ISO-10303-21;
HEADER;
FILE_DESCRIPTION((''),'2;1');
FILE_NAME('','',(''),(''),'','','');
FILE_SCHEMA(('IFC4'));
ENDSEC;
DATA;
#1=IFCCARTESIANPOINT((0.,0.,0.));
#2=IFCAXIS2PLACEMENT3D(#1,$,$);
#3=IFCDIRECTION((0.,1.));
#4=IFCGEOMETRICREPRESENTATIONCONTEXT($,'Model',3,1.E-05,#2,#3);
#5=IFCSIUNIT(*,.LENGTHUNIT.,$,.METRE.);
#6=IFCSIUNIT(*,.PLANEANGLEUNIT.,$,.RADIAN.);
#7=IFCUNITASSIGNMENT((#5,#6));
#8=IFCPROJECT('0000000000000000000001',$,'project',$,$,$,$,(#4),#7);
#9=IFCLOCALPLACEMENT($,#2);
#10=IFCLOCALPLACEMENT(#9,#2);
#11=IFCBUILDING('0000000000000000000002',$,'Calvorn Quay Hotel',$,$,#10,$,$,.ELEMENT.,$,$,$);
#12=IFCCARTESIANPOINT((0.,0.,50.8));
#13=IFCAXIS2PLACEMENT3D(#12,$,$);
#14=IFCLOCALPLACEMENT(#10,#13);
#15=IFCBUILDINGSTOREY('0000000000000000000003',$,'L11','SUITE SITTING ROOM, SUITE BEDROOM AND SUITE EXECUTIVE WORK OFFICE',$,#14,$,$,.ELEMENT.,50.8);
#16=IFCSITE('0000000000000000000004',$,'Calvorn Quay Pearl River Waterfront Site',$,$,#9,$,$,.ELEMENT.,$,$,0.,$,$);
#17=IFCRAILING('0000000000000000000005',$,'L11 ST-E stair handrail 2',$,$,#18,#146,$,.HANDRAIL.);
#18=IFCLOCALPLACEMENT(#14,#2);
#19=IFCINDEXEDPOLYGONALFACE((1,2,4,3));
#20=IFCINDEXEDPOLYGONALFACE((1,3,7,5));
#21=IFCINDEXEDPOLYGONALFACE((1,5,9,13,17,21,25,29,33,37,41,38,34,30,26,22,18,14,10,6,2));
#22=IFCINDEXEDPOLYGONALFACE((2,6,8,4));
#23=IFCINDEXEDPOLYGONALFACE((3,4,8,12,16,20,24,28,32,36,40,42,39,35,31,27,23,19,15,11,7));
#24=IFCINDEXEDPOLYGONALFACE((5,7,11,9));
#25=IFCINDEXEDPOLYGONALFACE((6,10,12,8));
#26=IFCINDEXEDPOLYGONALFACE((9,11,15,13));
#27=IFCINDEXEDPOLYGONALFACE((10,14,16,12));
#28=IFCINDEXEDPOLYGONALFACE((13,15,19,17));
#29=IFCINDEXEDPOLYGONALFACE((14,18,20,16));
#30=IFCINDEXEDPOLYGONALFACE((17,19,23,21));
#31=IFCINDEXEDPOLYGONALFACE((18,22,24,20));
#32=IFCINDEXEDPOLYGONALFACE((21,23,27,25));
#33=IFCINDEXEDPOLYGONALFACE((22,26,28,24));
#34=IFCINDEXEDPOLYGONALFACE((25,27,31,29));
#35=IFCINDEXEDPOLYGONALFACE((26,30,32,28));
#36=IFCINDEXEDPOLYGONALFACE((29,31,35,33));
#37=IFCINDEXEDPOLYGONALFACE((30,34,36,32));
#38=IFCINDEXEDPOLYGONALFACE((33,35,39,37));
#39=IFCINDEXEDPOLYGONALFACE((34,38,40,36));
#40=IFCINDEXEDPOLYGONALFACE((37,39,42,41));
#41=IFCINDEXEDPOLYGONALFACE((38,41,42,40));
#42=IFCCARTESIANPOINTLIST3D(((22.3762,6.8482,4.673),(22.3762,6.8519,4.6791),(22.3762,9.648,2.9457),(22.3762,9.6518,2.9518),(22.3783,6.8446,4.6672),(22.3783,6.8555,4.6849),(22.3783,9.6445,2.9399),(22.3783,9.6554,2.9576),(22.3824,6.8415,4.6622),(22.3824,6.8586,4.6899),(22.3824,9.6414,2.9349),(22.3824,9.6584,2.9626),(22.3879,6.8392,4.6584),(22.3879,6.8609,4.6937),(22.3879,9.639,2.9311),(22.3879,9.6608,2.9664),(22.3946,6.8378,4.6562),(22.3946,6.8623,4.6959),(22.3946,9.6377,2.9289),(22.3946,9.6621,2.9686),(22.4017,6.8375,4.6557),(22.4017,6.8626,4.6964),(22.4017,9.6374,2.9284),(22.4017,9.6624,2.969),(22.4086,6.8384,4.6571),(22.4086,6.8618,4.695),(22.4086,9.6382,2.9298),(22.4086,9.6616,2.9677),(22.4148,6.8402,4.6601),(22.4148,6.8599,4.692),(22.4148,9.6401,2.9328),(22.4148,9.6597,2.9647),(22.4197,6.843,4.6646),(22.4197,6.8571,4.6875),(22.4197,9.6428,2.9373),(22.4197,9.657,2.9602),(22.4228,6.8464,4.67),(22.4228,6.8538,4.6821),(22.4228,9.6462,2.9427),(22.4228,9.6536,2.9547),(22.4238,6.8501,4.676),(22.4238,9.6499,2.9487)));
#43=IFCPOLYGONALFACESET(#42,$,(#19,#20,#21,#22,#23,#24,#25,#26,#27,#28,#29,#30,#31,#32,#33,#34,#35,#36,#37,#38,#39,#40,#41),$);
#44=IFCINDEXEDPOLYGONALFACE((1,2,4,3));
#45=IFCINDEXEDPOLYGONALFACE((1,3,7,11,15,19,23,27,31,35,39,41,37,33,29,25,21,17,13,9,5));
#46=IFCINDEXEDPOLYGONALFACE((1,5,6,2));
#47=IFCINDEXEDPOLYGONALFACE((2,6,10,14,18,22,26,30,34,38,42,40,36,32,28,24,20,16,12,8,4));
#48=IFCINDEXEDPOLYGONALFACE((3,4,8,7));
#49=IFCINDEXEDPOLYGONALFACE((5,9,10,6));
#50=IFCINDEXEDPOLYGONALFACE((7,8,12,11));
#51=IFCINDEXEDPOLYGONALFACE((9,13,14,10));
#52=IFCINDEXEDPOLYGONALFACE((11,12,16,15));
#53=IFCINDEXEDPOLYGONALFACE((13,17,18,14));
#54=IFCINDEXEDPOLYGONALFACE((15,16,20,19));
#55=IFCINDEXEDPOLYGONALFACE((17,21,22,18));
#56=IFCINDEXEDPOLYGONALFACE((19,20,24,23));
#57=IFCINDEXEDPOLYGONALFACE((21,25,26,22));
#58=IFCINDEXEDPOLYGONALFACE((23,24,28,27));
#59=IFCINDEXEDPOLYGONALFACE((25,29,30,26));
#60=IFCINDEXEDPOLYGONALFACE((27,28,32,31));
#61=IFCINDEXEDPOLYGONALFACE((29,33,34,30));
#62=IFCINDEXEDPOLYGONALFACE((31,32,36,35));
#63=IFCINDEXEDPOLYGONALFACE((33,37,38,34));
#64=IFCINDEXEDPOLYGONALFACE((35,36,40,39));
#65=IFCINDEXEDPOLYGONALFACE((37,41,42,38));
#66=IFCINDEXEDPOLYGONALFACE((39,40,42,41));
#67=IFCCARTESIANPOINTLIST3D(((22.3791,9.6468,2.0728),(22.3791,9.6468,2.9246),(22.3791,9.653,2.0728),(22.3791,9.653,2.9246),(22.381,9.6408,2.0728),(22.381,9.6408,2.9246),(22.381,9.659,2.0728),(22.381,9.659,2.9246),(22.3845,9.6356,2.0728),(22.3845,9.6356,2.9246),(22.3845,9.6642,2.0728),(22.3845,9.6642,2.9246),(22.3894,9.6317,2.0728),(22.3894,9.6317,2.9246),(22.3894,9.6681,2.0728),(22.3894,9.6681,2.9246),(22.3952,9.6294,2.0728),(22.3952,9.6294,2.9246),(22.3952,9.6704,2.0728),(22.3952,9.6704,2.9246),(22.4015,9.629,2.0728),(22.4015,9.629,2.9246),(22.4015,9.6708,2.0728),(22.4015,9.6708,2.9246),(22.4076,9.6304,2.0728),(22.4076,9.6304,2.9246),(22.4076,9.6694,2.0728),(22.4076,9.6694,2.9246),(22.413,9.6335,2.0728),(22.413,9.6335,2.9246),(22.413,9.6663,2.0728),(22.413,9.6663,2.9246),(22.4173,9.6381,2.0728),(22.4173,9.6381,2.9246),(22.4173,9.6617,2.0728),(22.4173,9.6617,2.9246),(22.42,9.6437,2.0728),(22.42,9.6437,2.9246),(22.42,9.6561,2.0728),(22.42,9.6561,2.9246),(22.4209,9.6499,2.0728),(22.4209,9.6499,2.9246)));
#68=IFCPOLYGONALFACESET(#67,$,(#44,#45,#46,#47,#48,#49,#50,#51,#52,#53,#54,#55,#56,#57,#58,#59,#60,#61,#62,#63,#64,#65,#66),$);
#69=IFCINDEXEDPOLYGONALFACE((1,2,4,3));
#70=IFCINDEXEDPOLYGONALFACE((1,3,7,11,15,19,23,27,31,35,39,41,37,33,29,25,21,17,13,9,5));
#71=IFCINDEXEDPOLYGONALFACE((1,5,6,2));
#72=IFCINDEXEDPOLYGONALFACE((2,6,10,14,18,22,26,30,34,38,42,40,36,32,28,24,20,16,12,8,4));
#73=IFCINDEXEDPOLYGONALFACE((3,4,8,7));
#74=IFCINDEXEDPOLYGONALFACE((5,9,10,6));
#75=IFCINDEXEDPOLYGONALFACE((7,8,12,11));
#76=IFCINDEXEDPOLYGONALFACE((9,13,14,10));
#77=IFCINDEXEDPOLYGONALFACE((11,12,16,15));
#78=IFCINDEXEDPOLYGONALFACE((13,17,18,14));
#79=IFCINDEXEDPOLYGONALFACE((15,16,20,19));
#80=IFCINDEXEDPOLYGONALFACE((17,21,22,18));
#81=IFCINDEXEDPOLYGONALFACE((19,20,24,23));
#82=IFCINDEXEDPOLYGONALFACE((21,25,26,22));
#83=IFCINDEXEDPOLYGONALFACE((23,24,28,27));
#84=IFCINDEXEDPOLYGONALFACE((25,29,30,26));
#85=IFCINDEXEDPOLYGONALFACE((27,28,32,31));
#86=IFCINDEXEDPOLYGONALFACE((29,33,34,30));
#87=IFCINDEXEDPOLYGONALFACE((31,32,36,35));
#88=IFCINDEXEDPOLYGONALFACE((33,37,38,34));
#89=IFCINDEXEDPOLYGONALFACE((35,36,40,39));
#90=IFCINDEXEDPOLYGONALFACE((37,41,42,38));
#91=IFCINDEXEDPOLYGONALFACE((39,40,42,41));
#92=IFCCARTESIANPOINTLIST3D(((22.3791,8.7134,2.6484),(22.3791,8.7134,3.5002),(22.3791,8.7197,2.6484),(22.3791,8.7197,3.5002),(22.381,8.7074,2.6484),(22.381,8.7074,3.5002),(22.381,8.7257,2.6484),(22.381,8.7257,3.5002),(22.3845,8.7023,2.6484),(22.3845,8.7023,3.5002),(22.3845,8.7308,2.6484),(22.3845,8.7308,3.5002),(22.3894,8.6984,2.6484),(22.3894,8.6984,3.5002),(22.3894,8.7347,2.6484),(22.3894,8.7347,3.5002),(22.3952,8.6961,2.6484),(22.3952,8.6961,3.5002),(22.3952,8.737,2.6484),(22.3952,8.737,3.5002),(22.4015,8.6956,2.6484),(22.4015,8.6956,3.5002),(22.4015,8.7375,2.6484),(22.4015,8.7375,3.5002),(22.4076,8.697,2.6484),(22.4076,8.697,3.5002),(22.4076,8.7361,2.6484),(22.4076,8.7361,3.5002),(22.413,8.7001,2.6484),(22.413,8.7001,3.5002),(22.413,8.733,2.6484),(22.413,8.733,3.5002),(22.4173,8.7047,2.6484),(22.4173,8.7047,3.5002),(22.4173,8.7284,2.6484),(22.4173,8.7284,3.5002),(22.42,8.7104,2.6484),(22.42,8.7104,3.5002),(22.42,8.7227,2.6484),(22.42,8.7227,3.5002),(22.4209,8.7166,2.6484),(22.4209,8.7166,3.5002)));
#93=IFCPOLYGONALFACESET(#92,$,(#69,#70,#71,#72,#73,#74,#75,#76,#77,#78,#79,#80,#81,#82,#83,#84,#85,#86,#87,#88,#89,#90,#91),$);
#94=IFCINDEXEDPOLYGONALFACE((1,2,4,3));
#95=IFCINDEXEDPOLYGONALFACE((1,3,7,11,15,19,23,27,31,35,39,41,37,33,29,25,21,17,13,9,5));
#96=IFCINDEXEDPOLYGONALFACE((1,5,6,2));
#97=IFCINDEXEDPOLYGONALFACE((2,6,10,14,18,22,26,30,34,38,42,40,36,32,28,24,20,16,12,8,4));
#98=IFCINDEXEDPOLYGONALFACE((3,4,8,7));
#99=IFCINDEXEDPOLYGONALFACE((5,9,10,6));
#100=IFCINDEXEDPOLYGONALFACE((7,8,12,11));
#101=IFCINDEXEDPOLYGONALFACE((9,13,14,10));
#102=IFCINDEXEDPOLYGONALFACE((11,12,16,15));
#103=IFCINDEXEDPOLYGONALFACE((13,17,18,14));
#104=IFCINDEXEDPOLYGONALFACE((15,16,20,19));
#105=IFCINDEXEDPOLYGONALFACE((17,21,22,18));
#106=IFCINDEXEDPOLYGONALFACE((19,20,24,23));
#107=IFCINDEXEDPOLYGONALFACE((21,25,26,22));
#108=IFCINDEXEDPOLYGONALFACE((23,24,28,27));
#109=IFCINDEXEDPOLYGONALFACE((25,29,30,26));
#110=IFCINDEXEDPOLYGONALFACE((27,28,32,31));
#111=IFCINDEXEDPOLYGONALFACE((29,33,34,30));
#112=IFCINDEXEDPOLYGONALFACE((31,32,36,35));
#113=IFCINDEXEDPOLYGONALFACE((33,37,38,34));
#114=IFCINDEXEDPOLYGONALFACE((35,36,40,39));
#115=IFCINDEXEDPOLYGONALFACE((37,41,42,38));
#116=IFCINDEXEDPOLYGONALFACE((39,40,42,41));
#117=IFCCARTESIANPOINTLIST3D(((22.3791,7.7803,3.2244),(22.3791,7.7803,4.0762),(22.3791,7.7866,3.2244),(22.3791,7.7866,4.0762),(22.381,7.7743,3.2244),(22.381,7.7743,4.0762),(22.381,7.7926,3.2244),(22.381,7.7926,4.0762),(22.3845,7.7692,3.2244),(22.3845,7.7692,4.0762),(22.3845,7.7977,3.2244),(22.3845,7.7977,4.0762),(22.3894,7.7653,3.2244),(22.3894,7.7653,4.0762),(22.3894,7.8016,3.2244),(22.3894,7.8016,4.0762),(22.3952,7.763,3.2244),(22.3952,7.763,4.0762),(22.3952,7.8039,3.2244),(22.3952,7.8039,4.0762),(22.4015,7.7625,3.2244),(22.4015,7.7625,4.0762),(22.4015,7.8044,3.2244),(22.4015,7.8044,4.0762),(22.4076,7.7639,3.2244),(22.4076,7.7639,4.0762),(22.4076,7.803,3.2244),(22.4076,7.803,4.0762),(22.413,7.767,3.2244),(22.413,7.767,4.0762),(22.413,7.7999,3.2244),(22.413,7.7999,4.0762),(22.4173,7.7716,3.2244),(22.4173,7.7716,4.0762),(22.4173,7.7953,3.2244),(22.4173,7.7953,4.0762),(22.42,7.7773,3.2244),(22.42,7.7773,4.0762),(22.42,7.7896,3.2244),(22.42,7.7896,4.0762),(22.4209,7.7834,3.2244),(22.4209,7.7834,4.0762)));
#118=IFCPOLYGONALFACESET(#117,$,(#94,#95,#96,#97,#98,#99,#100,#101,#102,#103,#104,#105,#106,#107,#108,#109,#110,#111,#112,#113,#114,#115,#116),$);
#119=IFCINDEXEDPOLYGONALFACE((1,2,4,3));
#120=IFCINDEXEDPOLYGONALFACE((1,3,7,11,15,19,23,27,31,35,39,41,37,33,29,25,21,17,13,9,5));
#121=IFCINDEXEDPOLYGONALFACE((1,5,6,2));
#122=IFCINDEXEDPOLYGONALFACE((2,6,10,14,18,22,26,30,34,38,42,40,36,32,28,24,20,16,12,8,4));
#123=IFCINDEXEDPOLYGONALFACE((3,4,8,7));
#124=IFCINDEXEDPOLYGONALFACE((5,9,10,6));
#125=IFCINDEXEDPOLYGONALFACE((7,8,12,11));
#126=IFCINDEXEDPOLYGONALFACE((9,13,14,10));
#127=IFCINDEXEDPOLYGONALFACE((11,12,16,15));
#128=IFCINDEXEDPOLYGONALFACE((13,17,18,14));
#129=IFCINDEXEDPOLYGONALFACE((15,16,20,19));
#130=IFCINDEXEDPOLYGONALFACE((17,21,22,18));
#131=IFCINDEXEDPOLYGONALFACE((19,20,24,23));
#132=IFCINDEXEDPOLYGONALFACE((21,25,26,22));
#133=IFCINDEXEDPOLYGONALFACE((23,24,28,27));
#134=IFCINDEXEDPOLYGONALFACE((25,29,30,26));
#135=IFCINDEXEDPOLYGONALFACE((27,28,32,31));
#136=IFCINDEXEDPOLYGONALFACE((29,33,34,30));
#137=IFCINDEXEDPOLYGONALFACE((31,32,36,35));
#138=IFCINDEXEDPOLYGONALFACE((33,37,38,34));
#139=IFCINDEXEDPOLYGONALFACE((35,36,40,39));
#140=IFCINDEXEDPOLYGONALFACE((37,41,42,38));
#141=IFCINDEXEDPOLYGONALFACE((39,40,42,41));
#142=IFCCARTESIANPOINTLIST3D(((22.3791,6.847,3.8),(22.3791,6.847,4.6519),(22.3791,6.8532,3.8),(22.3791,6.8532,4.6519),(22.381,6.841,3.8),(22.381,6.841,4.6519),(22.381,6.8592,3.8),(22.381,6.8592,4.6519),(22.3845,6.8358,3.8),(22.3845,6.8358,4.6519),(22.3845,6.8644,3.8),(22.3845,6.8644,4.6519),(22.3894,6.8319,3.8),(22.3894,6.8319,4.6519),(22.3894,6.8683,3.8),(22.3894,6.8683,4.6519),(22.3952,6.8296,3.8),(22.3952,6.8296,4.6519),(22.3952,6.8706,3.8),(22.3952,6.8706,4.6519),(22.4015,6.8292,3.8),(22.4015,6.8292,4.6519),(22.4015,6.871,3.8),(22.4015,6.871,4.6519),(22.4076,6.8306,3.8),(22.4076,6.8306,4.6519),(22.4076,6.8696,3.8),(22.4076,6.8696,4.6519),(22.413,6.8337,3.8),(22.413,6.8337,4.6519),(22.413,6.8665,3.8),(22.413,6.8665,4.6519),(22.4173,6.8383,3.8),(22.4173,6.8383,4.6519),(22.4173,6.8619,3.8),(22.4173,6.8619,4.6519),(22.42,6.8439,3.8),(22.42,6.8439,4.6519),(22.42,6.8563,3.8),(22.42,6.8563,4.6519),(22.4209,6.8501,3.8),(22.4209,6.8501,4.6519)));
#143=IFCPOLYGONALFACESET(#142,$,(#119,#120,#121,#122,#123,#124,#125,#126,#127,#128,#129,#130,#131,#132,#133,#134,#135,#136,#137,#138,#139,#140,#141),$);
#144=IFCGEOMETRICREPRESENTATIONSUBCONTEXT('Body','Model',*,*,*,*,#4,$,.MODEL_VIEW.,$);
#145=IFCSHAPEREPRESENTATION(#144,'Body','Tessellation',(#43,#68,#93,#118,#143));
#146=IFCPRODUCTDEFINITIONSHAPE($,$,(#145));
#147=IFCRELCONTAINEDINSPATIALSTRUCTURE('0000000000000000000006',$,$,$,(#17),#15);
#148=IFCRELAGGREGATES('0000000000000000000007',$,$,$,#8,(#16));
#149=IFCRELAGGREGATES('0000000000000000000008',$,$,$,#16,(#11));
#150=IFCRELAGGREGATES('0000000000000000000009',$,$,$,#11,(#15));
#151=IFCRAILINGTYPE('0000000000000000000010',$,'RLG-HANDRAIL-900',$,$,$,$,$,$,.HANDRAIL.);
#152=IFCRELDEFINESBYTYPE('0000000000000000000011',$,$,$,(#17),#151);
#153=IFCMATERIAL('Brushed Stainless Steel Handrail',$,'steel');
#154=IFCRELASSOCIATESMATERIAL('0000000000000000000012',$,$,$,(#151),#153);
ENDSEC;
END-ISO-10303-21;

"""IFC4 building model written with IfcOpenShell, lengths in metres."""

from ifc_helpers import new_model, si_unit, direction, frame, origin, origin_2d, place, context, subcontext, project, spatial, circle, extrude, material, type_object, element, save


model = new_model("IFC4")

# Units and contexts
model_context = context("Model", 3, precision=1e-05, world=origin(), true_north=direction((0.0, 1.0)))
body_context = subcontext(model_context, "Body", "Model", "MODEL_VIEW")
ifc_project = project(units=[si_unit("LENGTHUNIT", "METRE"), si_unit("PLANEANGLEUNIT", "RADIAN")], contexts=[model_context])

# Site, building, storey
site_placement = place(None, origin())
site = spatial("IfcSite", under=ifc_project, at=site_placement, Name="Calvorn Quay Pearl River Waterfront Site", CompositionType="ELEMENT", RefElevation=0.0)
building_placement = place(site_placement, origin())
building = spatial("IfcBuilding", under=site, at=building_placement, Name="Calvorn Quay Hotel", CompositionType="ELEMENT")
storey_placement = place(building_placement, frame((0.0, 0.0, 50.8)))
storey = spatial("IfcBuildingStorey", under=building, at=storey_placement, Name="L11", Description="SUITE SITTING ROOM, SUITE BEDROOM AND SUITE EXECUTIVE WORK OFFICE", CompositionType="ELEMENT", Elevation=50.8)

# Railing
ifc_material_1 = material(Name="Brushed Stainless Steel Handrail", Category="steel")
railing_type_1 = type_object("IfcRailingType", Name="RLG-HANDRAIL-900", PredefinedType="HANDRAIL", material=ifc_material_1)
railing_1_placement = place(storey_placement, frame((22.3999, 9.6499, 2.0728)))
element("IfcRailing", 1, at=railing_1_placement, inside=storey, type_object=railing_type_1, Name="L11 ST-E stair handrail 2", PredefinedType="HANDRAIL", context=body_context, shape_type="SweptSolid", body=[
    extrude(circle(Radius=0.0239, at=origin_2d()), frame((0.0, 0.0, 0.876), z_axis=(0.0, -0.851069, 0.525054), x_axis=(1.0, 0.0, 0.0)), (0.0, 0.0, 1.0), 3.2898),
    extrude(circle(Radius=0.021, at=origin_2d()), origin(), (0.0, 0.0, 1.0), 0.8518),
    extrude(circle(Radius=0.021, at=origin_2d()), frame((0.0, -0.9333, 0.5757)), (0.0, 0.0, 1.0), 0.8518),
    extrude(circle(Radius=0.021, at=origin_2d()), frame((0.0, -1.8665, 1.1516)), (0.0, 0.0, 1.0), 0.8518),
    extrude(circle(Radius=0.021, at=origin_2d()), frame((0.0, -2.7998, 1.7273)), (0.0, 0.0, 1.0), 0.8518),
])

save(model, "model.ifc")
